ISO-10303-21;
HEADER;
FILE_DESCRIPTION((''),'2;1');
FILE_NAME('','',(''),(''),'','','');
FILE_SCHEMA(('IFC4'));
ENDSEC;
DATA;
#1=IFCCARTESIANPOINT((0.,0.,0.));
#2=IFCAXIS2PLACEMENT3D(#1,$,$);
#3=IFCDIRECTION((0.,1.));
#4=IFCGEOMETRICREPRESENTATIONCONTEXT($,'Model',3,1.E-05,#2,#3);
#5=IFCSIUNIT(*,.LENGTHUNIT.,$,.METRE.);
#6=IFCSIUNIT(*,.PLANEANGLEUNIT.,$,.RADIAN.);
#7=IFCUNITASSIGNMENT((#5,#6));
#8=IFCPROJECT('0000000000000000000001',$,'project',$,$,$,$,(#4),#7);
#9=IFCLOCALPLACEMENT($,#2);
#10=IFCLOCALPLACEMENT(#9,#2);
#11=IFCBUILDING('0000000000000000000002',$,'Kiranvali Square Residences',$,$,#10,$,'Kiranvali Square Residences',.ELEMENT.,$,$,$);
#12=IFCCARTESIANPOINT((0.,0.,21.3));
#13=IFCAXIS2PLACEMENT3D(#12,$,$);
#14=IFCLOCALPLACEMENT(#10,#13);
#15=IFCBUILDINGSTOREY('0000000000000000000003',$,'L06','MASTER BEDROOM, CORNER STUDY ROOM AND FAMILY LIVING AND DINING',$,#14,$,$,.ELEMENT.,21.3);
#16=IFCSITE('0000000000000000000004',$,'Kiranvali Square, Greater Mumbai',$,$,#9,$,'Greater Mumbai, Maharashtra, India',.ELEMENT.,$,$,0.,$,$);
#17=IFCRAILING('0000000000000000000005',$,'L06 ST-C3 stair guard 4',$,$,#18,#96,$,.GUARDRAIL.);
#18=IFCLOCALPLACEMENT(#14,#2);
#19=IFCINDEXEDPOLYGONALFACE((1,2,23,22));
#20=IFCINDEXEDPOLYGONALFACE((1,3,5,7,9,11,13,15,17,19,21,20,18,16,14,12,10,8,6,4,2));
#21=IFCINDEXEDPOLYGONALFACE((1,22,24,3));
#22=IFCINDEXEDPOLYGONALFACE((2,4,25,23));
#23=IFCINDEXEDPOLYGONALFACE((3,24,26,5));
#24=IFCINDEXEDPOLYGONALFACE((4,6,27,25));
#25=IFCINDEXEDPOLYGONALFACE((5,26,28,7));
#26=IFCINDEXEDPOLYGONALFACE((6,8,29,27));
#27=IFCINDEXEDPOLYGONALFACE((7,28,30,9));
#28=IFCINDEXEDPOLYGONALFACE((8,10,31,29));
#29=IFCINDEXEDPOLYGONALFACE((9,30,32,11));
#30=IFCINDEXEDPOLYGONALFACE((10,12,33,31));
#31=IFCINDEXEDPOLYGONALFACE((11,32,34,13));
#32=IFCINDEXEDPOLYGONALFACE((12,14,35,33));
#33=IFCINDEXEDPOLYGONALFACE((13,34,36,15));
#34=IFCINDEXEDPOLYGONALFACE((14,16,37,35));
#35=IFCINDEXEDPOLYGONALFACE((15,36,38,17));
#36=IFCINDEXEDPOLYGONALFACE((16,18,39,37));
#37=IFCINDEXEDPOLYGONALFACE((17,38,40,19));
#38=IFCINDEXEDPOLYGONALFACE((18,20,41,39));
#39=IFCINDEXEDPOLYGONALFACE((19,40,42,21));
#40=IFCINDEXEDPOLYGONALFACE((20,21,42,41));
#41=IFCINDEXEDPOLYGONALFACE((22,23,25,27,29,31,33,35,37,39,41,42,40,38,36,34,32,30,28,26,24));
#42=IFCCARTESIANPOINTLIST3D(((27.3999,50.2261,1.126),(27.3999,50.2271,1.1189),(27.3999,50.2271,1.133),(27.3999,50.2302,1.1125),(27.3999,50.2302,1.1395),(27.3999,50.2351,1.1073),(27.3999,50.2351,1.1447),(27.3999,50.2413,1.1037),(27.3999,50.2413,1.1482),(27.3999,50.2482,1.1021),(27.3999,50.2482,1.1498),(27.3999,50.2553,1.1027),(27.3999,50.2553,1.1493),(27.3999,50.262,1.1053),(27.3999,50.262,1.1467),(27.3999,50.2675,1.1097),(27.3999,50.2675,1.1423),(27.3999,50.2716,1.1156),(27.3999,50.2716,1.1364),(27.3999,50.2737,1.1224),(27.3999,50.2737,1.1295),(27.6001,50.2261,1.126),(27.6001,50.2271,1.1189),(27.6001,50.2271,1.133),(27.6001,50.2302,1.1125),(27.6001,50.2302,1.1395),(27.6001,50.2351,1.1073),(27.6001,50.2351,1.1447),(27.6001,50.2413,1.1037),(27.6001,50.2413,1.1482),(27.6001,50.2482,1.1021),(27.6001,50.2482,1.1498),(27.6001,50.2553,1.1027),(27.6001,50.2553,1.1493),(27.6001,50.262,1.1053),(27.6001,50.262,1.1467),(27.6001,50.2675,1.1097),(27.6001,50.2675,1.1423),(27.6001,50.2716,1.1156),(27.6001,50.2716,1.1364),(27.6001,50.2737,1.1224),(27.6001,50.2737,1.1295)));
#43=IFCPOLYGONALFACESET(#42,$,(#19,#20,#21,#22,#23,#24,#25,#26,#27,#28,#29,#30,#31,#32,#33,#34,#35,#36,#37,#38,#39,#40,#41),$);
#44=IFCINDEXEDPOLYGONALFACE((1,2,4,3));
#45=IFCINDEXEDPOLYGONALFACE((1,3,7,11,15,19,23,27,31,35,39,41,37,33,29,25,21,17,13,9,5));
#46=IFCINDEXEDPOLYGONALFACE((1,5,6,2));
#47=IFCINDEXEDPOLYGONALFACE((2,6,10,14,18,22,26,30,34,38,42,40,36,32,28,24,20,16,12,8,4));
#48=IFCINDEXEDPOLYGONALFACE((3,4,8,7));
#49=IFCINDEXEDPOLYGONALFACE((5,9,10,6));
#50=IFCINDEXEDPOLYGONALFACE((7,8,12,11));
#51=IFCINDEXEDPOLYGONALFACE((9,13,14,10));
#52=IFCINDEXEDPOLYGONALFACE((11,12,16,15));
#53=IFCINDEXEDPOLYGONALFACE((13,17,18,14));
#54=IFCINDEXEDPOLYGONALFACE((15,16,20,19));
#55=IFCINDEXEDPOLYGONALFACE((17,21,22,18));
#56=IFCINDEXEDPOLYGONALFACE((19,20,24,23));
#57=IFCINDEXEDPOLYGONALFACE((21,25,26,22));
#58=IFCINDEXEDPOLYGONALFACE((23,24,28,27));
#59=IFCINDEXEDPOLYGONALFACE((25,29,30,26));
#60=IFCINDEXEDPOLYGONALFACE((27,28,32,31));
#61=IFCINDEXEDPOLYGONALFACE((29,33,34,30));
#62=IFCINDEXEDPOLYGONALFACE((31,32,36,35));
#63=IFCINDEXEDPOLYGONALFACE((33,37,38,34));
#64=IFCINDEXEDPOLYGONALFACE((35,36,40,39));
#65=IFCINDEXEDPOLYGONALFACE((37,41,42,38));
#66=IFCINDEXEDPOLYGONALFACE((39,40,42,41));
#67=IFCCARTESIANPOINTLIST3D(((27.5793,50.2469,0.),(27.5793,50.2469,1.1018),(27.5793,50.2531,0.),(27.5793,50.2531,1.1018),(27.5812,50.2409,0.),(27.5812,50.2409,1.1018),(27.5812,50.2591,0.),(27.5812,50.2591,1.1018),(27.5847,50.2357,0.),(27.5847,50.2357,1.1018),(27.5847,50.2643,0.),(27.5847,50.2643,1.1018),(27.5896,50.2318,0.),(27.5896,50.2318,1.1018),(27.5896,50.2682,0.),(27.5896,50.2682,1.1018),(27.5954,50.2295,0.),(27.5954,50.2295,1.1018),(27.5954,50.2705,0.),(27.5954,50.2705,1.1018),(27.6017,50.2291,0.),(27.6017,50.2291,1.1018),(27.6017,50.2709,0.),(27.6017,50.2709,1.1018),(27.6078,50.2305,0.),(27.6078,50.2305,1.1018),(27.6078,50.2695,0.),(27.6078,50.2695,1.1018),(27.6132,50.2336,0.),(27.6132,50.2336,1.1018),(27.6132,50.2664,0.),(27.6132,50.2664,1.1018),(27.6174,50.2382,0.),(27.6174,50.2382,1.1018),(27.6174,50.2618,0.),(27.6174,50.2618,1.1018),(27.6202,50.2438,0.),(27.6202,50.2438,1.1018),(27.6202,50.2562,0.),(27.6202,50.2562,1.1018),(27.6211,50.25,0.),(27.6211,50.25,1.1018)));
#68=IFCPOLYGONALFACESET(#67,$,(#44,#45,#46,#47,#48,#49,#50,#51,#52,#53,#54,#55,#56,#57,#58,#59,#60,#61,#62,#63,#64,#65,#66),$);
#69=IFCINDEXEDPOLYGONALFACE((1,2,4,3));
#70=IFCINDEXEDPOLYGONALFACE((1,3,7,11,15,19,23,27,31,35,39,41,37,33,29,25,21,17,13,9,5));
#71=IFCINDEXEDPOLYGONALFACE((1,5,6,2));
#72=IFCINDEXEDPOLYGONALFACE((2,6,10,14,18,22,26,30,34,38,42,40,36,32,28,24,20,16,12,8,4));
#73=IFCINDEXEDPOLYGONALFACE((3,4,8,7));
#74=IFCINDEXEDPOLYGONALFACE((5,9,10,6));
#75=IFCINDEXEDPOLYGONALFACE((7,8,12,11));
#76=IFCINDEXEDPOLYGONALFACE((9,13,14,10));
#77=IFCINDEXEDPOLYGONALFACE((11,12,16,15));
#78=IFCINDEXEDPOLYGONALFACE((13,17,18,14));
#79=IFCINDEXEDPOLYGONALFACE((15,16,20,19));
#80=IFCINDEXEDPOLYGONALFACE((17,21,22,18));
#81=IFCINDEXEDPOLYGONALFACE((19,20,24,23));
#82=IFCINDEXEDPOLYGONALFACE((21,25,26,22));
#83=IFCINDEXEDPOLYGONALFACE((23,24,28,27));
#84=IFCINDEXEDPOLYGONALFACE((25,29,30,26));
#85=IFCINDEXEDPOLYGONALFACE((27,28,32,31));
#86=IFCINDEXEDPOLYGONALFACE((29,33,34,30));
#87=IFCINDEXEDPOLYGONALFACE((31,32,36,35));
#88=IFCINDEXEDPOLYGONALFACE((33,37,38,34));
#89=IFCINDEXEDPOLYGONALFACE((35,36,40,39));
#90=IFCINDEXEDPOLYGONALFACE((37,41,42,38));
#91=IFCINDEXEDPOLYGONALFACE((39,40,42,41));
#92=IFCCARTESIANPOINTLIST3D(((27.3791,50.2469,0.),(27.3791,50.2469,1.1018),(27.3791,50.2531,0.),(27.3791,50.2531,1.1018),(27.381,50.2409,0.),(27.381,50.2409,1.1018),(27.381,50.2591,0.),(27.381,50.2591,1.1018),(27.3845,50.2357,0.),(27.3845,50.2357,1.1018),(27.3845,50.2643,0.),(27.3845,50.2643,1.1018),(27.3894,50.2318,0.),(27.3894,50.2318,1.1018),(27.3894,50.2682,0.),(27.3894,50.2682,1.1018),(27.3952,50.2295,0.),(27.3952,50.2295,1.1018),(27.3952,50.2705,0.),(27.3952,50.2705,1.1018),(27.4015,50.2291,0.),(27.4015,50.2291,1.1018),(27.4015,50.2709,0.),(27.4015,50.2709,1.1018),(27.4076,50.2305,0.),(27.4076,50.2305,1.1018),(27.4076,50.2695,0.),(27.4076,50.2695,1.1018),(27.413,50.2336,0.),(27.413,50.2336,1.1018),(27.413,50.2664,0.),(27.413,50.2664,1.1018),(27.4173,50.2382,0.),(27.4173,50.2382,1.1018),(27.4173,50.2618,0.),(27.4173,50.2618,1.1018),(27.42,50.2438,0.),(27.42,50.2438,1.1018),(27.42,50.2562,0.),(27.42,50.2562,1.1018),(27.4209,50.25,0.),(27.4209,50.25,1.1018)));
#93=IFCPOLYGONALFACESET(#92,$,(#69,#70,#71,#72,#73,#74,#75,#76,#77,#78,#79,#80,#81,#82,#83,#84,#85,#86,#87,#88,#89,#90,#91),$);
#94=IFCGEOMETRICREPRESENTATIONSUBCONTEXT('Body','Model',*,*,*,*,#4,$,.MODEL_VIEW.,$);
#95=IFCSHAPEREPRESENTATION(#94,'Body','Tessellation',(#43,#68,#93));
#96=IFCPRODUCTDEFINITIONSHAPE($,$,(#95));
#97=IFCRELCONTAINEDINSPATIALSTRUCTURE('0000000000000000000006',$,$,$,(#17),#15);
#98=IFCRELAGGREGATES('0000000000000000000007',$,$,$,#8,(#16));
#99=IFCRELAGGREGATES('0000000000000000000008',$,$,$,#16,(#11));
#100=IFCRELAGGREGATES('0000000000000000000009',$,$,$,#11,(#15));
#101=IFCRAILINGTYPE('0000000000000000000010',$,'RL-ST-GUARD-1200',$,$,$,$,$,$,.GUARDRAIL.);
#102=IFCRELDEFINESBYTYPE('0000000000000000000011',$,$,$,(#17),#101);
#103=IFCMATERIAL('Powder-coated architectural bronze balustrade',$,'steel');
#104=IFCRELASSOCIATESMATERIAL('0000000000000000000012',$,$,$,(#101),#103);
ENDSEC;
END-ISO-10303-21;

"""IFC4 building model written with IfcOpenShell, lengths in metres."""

from ifc_helpers import new_model, si_unit, direction, frame, origin, origin_2d, place, context, subcontext, project, spatial, circle, extrude, material, type_object, element, save


model = new_model("IFC4")

# Units and contexts
model_context = context("Model", 3, precision=1e-05, world=origin(), true_north=direction((0.0, 1.0)))
body_context = subcontext(model_context, "Body", "Model", "MODEL_VIEW")
ifc_project = project(units=[si_unit("LENGTHUNIT", "METRE"), si_unit("PLANEANGLEUNIT", "RADIAN")], contexts=[model_context])

# Site, building, storey
site_placement = place(None, origin())
site = spatial("IfcSite", under=ifc_project, at=site_placement, Name="Kiranvali Square, Greater Mumbai", LongName="Greater Mumbai, Maharashtra, India", CompositionType="ELEMENT", RefElevation=0.0)
building_placement = place(site_placement, origin())
building = spatial("IfcBuilding", under=site, at=building_placement, Name="Kiranvali Square Residences", LongName="Kiranvali Square Residences", CompositionType="ELEMENT")
storey_placement = place(building_placement, frame((0.0, 0.0, 21.3)))
storey = spatial("IfcBuildingStorey", under=building, at=storey_placement, Name="L06", Description="MASTER BEDROOM, CORNER STUDY ROOM AND FAMILY LIVING AND DINING", CompositionType="ELEMENT", Elevation=21.3)

# Railing
ifc_material_1 = material(Name="Powder-coated architectural bronze balustrade", Category="steel")
railing_type = type_object("IfcRailingType", Name="RL-ST-GUARD-1200", PredefinedType="GUARDRAIL", material=ifc_material_1)
railing_1_placement = place(storey_placement, frame((27.6001, 50.25, 0.0)))
element("IfcRailing", 1, at=railing_1_placement, inside=storey, type_object=railing_type, Name="L06 ST-C3 stair guard 4", PredefinedType="GUARDRAIL", context=body_context, shape_type="SweptSolid", body=[
    extrude(circle(Radius=0.0239, at=origin_2d()), frame((0.0, 0.0, 1.126), z_axis=(-1.0, 0.0, 0.0), x_axis=(0.0, -1.0, 0.0)), (0.0, 0.0, 1.0), 0.2002),
    extrude(circle(Radius=0.021, at=origin_2d()), origin(), (0.0, 0.0, 1.0), 1.1018),
    extrude(circle(Radius=0.021, at=origin_2d()), frame((-0.2002, 0.0, 0.0)), (0.0, 0.0, 1.0), 1.1018),
])

save(model, "model.ifc")
